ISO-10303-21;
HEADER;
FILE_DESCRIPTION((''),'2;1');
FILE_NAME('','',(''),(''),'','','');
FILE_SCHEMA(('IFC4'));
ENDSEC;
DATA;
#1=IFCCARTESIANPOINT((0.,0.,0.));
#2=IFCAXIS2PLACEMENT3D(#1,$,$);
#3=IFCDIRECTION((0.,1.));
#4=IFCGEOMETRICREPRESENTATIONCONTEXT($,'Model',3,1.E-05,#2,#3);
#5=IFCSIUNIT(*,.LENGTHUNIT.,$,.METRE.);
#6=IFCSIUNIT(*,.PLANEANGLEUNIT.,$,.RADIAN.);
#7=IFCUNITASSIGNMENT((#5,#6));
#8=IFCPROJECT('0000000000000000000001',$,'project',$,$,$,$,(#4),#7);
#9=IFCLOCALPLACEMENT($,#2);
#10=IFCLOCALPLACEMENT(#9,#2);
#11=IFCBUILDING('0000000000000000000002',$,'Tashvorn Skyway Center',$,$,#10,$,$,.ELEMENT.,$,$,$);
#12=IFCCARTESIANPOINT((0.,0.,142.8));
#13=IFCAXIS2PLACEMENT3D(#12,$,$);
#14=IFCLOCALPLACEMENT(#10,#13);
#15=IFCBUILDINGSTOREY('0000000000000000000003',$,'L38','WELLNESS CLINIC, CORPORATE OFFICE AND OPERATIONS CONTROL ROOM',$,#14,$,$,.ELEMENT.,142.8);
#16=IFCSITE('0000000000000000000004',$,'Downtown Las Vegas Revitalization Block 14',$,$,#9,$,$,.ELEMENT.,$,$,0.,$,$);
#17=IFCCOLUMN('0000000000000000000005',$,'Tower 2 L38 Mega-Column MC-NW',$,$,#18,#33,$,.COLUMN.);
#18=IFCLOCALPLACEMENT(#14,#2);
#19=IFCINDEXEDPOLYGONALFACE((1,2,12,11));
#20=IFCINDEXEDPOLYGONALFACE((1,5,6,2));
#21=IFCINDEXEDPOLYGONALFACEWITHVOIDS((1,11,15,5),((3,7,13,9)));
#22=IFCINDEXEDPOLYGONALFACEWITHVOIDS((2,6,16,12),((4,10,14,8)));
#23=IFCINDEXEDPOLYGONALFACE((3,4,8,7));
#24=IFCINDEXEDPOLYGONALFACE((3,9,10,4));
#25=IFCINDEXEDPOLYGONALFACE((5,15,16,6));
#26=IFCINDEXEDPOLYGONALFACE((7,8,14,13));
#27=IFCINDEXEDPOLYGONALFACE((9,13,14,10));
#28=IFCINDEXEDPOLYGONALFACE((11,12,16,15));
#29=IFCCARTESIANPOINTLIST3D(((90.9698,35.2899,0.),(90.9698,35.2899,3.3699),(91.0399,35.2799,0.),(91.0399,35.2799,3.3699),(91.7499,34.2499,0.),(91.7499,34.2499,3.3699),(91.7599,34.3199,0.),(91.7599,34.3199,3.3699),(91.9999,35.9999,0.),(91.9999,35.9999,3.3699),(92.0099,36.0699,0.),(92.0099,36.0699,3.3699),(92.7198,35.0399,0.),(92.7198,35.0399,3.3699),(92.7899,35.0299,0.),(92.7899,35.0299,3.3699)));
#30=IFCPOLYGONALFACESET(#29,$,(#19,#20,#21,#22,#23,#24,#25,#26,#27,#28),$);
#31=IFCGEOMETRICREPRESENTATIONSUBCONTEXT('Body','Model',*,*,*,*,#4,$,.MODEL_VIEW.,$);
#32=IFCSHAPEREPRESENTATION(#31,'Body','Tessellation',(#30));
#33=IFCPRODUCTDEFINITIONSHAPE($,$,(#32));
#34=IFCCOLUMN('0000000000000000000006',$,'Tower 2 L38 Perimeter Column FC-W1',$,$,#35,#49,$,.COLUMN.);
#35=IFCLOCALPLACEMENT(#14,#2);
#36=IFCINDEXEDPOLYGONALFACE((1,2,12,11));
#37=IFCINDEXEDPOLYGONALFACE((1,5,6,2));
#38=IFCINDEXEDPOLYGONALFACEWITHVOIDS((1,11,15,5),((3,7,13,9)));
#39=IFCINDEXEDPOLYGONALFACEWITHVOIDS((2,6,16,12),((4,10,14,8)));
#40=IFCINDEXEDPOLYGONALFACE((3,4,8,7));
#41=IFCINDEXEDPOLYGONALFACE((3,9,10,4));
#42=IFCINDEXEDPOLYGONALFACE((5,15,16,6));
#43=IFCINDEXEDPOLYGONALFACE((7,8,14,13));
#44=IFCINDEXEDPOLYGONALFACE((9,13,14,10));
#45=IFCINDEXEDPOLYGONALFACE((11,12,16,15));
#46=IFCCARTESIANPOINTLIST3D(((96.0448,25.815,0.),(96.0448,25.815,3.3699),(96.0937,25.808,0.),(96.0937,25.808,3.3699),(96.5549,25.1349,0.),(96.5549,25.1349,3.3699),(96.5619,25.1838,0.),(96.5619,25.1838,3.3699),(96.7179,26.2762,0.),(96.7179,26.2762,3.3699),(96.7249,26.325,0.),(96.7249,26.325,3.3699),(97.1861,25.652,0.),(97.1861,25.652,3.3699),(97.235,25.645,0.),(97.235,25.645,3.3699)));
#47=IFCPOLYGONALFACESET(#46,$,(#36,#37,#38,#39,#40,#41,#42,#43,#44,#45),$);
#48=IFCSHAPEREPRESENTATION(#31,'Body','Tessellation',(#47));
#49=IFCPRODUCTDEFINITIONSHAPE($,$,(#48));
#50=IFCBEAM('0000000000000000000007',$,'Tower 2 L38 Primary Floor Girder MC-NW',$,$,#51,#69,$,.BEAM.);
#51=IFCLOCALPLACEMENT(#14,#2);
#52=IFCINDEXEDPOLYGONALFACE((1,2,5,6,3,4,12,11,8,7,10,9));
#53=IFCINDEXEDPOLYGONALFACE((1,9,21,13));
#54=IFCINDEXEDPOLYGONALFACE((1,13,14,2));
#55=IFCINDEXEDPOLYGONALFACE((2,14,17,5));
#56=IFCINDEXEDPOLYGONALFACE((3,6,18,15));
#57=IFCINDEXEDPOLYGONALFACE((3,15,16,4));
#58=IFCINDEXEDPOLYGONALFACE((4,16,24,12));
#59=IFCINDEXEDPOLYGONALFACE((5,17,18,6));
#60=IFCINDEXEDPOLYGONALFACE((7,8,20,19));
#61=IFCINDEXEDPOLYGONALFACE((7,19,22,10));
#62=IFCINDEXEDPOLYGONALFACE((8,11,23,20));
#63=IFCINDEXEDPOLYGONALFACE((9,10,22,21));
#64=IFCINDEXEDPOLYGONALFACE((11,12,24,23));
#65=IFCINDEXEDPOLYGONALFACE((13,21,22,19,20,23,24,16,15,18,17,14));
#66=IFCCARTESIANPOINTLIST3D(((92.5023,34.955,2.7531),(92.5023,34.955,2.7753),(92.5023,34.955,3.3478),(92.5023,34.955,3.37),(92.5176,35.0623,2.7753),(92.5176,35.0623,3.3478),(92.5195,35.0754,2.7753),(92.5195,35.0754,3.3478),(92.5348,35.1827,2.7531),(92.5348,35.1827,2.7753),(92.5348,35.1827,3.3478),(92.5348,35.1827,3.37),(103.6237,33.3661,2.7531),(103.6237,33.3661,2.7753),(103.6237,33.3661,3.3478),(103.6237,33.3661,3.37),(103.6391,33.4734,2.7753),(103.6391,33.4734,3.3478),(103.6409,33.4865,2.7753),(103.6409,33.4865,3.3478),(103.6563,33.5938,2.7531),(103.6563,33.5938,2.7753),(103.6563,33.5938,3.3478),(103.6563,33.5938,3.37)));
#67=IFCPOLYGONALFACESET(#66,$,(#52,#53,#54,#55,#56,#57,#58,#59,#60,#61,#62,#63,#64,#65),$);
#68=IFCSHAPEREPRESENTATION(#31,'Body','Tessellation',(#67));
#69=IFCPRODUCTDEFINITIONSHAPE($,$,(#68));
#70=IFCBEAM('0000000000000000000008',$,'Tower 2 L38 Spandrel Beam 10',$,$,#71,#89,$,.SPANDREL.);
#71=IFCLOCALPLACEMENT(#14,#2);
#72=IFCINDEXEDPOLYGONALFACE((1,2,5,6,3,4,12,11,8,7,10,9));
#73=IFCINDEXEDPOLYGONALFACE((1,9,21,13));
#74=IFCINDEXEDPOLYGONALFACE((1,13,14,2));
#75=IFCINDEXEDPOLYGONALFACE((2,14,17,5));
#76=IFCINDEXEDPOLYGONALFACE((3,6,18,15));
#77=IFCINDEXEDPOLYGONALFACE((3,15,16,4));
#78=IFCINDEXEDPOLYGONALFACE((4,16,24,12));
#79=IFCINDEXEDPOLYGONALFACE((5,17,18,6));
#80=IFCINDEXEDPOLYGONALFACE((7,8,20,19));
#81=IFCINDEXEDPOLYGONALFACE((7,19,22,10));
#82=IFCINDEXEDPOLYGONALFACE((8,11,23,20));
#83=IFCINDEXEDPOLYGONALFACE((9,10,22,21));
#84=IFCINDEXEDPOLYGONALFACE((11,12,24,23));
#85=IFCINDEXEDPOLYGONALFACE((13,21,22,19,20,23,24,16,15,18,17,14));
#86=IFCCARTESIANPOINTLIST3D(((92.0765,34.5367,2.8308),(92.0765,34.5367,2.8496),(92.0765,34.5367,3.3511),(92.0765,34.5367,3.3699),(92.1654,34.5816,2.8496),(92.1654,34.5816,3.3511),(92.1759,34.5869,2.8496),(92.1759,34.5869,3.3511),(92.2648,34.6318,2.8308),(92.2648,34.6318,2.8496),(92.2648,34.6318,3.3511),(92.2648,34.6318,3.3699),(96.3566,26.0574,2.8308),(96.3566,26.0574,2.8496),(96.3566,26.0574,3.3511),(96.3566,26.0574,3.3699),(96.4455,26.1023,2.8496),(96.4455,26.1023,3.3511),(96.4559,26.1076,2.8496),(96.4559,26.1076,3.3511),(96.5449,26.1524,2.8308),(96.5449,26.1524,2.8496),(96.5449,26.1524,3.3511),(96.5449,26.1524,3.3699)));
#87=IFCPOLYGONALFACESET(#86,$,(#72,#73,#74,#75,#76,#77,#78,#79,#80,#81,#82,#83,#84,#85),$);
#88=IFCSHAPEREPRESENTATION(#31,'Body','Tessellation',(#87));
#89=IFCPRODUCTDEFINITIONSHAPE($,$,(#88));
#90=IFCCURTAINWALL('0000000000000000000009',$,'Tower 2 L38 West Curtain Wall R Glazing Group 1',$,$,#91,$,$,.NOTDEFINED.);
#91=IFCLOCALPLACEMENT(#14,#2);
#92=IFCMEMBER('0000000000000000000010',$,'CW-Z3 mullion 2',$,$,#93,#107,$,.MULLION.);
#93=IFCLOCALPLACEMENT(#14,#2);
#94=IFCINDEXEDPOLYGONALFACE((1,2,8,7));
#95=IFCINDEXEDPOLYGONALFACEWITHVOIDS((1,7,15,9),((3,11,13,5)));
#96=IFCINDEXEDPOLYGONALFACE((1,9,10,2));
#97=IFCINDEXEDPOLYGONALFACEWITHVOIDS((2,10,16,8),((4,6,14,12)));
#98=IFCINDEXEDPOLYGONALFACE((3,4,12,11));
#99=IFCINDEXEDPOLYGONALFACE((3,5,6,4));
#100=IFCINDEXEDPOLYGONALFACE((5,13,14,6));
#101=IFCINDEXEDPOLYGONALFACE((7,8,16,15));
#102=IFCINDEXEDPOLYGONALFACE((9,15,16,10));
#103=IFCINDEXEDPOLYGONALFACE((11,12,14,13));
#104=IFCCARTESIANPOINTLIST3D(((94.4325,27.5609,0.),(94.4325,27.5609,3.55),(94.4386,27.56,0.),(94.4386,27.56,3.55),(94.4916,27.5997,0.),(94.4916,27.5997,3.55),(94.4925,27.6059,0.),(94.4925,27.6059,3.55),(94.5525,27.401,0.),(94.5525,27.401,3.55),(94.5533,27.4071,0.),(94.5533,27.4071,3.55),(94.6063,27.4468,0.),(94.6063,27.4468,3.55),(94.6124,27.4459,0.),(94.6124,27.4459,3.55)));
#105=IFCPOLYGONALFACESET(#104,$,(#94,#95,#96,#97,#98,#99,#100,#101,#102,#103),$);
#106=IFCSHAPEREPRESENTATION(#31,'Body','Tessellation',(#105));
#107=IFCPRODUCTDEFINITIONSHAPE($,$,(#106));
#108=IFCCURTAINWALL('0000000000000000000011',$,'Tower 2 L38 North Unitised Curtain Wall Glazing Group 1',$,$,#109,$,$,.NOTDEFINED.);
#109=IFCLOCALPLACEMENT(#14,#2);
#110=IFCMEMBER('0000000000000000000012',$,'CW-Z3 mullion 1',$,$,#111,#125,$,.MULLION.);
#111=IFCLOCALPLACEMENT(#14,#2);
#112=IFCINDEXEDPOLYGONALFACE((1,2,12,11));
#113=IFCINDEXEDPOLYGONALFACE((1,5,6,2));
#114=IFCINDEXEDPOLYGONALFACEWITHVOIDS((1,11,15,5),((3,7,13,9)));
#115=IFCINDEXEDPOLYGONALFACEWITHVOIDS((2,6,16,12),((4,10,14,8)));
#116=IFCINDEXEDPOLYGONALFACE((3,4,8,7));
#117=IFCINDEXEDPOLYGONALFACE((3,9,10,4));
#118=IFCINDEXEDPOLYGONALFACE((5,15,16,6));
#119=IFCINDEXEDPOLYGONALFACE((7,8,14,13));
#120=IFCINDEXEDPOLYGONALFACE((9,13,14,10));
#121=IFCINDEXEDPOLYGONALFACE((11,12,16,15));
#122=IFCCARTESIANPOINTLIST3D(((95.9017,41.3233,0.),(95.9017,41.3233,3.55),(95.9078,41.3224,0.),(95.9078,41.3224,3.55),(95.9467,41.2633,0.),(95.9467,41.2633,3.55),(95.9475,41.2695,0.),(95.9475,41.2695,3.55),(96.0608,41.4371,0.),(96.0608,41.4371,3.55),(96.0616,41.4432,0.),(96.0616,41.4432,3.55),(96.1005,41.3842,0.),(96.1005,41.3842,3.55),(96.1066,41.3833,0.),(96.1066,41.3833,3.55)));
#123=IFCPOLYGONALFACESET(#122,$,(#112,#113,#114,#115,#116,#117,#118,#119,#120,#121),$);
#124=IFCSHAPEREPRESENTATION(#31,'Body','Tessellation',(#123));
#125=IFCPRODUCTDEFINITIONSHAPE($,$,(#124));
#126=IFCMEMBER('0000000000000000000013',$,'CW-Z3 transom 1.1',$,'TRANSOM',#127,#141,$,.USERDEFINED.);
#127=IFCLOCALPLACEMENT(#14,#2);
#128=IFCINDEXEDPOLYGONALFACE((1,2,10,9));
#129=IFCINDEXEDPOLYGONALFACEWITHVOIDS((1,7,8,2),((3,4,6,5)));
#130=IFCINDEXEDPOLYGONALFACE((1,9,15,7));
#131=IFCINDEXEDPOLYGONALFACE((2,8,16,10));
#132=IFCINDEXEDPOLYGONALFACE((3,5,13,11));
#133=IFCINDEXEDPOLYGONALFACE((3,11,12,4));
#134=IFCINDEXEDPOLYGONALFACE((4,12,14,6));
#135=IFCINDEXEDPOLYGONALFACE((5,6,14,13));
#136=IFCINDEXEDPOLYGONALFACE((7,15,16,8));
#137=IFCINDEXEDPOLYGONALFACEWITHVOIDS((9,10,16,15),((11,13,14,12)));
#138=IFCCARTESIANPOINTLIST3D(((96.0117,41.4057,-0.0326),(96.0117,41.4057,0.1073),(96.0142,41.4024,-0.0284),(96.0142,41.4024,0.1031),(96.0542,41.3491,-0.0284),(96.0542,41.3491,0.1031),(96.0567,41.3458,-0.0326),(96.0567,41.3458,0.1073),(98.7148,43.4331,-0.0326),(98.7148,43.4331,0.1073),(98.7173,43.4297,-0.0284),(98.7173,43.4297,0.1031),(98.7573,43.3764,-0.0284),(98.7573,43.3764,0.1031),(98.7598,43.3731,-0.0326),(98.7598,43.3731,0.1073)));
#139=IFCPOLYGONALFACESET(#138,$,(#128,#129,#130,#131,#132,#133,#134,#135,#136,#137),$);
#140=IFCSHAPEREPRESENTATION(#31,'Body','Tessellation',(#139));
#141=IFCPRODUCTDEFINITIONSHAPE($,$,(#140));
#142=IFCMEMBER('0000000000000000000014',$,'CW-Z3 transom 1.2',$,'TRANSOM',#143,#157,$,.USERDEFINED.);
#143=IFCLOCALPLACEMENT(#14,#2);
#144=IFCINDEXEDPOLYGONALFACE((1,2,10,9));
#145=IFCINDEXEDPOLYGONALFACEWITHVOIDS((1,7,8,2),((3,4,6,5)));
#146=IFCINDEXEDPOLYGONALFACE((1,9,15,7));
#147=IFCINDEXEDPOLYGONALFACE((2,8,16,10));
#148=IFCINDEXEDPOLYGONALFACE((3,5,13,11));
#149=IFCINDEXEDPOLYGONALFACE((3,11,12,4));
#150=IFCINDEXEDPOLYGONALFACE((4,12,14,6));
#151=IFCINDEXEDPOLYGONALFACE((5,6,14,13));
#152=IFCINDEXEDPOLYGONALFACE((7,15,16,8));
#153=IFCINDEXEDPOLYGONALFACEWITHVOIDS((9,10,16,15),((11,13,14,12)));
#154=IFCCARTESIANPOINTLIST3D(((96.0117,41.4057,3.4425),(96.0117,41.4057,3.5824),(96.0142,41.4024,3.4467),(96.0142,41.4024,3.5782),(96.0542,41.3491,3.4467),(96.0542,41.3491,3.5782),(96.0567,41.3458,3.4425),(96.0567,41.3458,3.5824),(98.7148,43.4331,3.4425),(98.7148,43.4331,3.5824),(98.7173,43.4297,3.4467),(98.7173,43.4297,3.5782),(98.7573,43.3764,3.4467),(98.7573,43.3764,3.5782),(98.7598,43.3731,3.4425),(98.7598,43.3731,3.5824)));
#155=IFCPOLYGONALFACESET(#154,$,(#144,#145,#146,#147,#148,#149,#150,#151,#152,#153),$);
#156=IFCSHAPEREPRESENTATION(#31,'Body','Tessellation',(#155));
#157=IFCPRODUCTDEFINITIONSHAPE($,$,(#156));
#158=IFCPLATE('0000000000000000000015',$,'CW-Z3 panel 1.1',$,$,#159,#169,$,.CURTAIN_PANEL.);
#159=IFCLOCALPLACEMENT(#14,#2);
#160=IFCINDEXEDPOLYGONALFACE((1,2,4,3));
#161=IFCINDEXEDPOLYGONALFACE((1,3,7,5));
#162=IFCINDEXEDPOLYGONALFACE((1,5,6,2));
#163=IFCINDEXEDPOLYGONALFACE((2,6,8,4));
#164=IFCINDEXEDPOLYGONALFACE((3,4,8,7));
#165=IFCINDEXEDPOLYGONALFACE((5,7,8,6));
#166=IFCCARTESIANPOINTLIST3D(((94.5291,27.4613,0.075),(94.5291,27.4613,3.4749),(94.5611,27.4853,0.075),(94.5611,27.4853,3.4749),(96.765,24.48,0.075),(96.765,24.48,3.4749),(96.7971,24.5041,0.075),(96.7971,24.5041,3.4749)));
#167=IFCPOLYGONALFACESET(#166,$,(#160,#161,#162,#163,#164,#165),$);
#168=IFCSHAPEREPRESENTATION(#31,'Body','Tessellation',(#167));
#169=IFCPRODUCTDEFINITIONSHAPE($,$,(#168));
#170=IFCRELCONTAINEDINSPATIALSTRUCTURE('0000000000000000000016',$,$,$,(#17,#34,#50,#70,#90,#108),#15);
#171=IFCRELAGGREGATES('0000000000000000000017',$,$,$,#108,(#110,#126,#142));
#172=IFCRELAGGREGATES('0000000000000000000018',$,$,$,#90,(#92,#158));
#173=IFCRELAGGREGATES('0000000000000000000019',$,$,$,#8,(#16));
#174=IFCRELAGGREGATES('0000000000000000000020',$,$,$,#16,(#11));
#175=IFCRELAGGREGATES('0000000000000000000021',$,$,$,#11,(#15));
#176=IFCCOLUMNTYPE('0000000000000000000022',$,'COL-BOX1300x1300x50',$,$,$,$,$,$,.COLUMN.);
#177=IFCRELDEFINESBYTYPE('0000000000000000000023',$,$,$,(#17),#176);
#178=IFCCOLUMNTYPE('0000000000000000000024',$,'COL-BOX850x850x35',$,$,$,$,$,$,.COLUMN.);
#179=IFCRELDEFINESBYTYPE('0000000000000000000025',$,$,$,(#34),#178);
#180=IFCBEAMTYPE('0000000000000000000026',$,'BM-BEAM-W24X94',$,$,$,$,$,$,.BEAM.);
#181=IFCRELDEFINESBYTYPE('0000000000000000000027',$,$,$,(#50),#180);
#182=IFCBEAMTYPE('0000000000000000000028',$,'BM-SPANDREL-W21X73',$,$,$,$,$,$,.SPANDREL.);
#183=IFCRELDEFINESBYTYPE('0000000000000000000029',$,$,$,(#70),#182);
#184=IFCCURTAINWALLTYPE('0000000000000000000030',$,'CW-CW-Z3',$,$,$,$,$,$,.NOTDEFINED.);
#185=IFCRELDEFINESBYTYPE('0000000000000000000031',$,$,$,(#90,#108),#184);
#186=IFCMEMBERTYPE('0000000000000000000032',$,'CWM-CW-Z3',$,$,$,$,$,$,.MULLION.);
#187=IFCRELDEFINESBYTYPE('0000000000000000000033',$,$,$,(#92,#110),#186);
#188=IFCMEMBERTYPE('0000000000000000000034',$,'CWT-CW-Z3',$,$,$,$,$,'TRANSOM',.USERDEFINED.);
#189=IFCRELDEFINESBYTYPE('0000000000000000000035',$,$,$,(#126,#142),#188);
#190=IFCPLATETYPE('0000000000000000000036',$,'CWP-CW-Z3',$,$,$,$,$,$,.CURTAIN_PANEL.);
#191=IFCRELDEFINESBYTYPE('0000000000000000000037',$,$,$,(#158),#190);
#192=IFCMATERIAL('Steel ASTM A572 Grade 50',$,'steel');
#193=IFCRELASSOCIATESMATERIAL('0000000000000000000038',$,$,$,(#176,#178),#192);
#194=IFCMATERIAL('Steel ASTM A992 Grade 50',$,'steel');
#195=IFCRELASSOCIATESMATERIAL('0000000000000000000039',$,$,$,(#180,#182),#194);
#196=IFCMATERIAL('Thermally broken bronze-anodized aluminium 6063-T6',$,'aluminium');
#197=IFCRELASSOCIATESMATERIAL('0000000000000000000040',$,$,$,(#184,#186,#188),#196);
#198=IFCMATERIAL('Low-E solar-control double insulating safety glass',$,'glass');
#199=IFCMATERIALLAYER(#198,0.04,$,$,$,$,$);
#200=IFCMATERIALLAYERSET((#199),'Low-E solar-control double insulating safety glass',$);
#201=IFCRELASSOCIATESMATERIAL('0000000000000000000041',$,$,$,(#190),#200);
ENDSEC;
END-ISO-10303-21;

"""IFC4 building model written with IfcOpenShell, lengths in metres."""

from ifc_helpers import new_model, si_unit, direction, frame, origin, origin_2d, place, context, subcontext, project, spatial, rectangle, hollow_rectangle, i_section, extrude, material, layer, layer_set, material_profile, profile_set, type_object, element, aggregate, save


model = new_model("IFC4")

# Units and contexts
model_context = context("Model", 3, precision=1e-05, world=origin(), true_north=direction((0.0, 1.0)))
body_context = subcontext(model_context, "Body", "Model", "MODEL_VIEW")
ifc_project = project(units=[si_unit("LENGTHUNIT", "METRE"), si_unit("PLANEANGLEUNIT", "RADIAN")], contexts=[model_context])

# Site, building, storey
site_placement = place(None, origin())
site = spatial("IfcSite", under=ifc_project, at=site_placement, Name="Downtown Las Vegas Revitalization Block 14", CompositionType="ELEMENT", RefElevation=0.0)
building_placement = place(site_placement, origin())
building = spatial("IfcBuilding", under=site, at=building_placement, Name="Tashvorn Skyway Center", CompositionType="ELEMENT")
storey_placement = place(building_placement, frame((0.0, 0.0, 142.8)))
storey = spatial("IfcBuildingStorey", under=building, at=storey_placement, Name="L38", Description="WELLNESS CLINIC, CORPORATE OFFICE AND OPERATIONS CONTROL ROOM", CompositionType="ELEMENT", Elevation=142.8)

# Columns
ifc_material_1 = material(Name="Steel ASTM A572 Grade 50", Category="steel")
ifc_material_profile_1 = material_profile(ifc_material_1, hollow_rectangle(XDim=1.3, YDim=1.3, WallThickness=0.05, at=origin_2d()), Name="BOX1300x1300x50")
ifc_profile_set_1 = profile_set([ifc_material_profile_1], Name="Steel ASTM A572 Grade 50")
column_type_1 = type_object("IfcColumnType", Name="COL-BOX1300x1300x50", PredefinedType="COLUMN", material=ifc_profile_set_1)
column_1_placement = place(storey_placement, frame((91.8799, 35.1599, 0.0), z_axis=(0.0, 0.0, 1.0), x_axis=(0.8, 0.6, 0.0)))
element("IfcColumn", 1, at=column_1_placement, inside=storey, type_object=column_type_1, Name="Tower 2 L38 Mega-Column MC-NW", PredefinedType="COLUMN", context=body_context, shape_type="SweptSolid", body=[
    extrude(hollow_rectangle(XDim=1.3, YDim=1.3, WallThickness=0.05, at=origin_2d()), origin(), (0.0, 0.0, 1.0), 3.3699),
])
ifc_material_profile_2 = material_profile(ifc_material_1, hollow_rectangle(XDim=0.8501, YDim=0.8501, WallThickness=0.0349, at=origin_2d()), Name="BOX850x850x35")
ifc_profile_set_2 = profile_set([ifc_material_profile_2], Name="Steel ASTM A572 Grade 50")
column_type_2 = type_object("IfcColumnType", Name="COL-BOX850x850x35", PredefinedType="COLUMN", material=ifc_profile_set_2)
column_2_placement = place(storey_placement, frame((96.6399, 25.73, 0.0), z_axis=(0.0, 0.0, 1.0), x_axis=(0.8, 0.6, 0.0)))
element("IfcColumn", 2, at=column_2_placement, inside=storey, type_object=column_type_2, Name="Tower 2 L38 Perimeter Column FC-W1", PredefinedType="COLUMN", context=body_context, shape_type="SweptSolid", body=[
    extrude(hollow_rectangle(XDim=0.8501, YDim=0.8501, WallThickness=0.0349, at=origin_2d()), origin(), (0.0, 0.0, 1.0), 3.3699),
])

# Beams
ifc_material_2 = material(Name="Steel ASTM A992 Grade 50", Category="steel")
ifc_material_profile_3 = material_profile(ifc_material_2, i_section(OverallWidth=0.23, OverallDepth=0.6169, WebThickness=0.0132, FlangeThickness=0.0222, at=origin_2d()), Name="W24X94")
ifc_profile_set_3 = profile_set([ifc_material_profile_3], Name="Steel ASTM A992 Grade 50")
beam_type_1 = type_object("IfcBeamType", Name="BM-BEAM-W24X94", PredefinedType="BEAM", material=ifc_profile_set_3)
beam_1_placement = place(storey_placement, frame((92.5186, 35.0688, 3.0615), z_axis=(0.989948, -0.14143, 0.0), x_axis=(0.14143, 0.989948, 0.0)))
element("IfcBeam", 3, at=beam_1_placement, inside=storey, type_object=beam_type_1, Name="Tower 2 L38 Primary Floor Girder MC-NW", PredefinedType="BEAM", context=body_context, shape_type="SweptSolid", body=[
    extrude(i_section(OverallWidth=0.23, OverallDepth=0.6169, WebThickness=0.0132, FlangeThickness=0.0222, at=origin_2d()), origin(), (0.0, 0.0, 1.0), 11.2344),
])
ifc_material_profile_4 = material_profile(ifc_material_2, i_section(OverallWidth=0.2109, OverallDepth=0.5391, WebThickness=0.0117, FlangeThickness=0.0188, at=origin_2d()), Name="W21X73")
ifc_profile_set_4 = profile_set([ifc_material_profile_4], Name="Steel ASTM A992 Grade 50")
beam_type_2 = type_object("IfcBeamType", Name="BM-SPANDREL-W21X73", PredefinedType="SPANDREL", material=ifc_profile_set_4)
beam_2_placement = place(storey_placement, frame((92.1707, 34.5842, 3.1003), z_axis=(0.450614, -0.892719, 0.0), x_axis=(0.892719, 0.450614, 0.0)))
element("IfcBeam", 4, at=beam_2_placement, inside=storey, type_object=beam_type_2, Name="Tower 2 L38 Spandrel Beam 10", PredefinedType="SPANDREL", context=body_context, shape_type="SweptSolid", body=[
    extrude(i_section(OverallWidth=0.2109, OverallDepth=0.5391, WebThickness=0.0117, FlangeThickness=0.0188, at=origin_2d()), origin(), (0.0, 0.0, 1.0), 9.4983),
])

# Curtain wall, member
ifc_material_3 = material(Name="Thermally broken bronze-anodized aluminium 6063-T6", Category="aluminium")
curtain_wall_type = type_object("IfcCurtainWallType", Name="CW-CW-Z3", PredefinedType="NOTDEFINED", material=ifc_material_3)
curtain_wall_1_placement = place(storey_placement, origin())
curtain_wall_1 = element("IfcCurtainWall", 5, at=curtain_wall_1_placement, inside=storey, type_object=curtain_wall_type, Name="Tower 2 L38 West Curtain Wall R Glazing Group 1", PredefinedType="NOTDEFINED")
ifc_material_profile_5 = material_profile(ifc_material_3, hollow_rectangle(XDim=0.075, YDim=0.2, WallThickness=0.0044, at=origin_2d()), Name="ALU-MULL-75x200")
ifc_profile_set_5 = profile_set([ifc_material_profile_5], Name="Thermally broken bronze-anodized aluminium 6063-T6")
member_type_1 = type_object("IfcMemberType", Name="CWM-CW-Z3", PredefinedType="MULLION", material=ifc_profile_set_5)
member_1_placement = place(storey_placement, frame((94.5225, 27.5034, 0.0), z_axis=(0.0, 0.0, 1.0), x_axis=(-0.799997, -0.600004, 0.0)))
member_1 = element("IfcMember", 6, at=member_1_placement, type_object=member_type_1, Name="CW-Z3 mullion 2", PredefinedType="MULLION", context=body_context, shape_type="SweptSolid", body=[
    extrude(hollow_rectangle(XDim=0.075, YDim=0.2, WallThickness=0.0044, at=origin_2d()), origin(), (0.0, 0.0, 1.0), 3.55),
])

# Curtain wall, members
curtain_wall_2_placement = place(storey_placement, origin())
curtain_wall_2 = element("IfcCurtainWall", 7, at=curtain_wall_2_placement, inside=storey, type_object=curtain_wall_type, Name="Tower 2 L38 North Unitised Curtain Wall Glazing Group 1", PredefinedType="NOTDEFINED")
member_2_placement = place(storey_placement, frame((96.0042, 41.3533, 0.0), z_axis=(0.0, 0.0, 1.0), x_axis=(-0.599995, 0.800003, 0.0)))
member_2 = element("IfcMember", 8, at=member_2_placement, type_object=member_type_1, Name="CW-Z3 mullion 1", PredefinedType="MULLION", context=body_context, shape_type="SweptSolid", body=[
    extrude(hollow_rectangle(XDim=0.075, YDim=0.2, WallThickness=0.0044, at=origin_2d()), origin(), (0.0, 0.0, 1.0), 3.55),
])
ifc_material_profile_6 = material_profile(ifc_material_3, hollow_rectangle(XDim=0.075, YDim=0.1399, WallThickness=0.0042, at=origin_2d()), Name="ALU-TRAN-75x140")
ifc_profile_set_6 = profile_set([ifc_material_profile_6], Name="Thermally broken bronze-anodized aluminium 6063-T6")
member_type_2 = type_object("IfcMemberType", Name="CWT-CW-Z3", ElementType="TRANSOM", PredefinedType="USERDEFINED", material=ifc_profile_set_6)
member_3_placement = place(storey_placement, frame((96.0342, 41.3757, 0.0374), z_axis=(0.8, 0.6, 0.0), x_axis=(-0.6, 0.8, 0.0)))
member_3 = element("IfcMember", 9, at=member_3_placement, type_object=member_type_2, Name="CW-Z3 transom 1.1", ObjectType="TRANSOM", PredefinedType="USERDEFINED", context=body_context, shape_type="SweptSolid", body=[
    extrude(hollow_rectangle(XDim=0.075, YDim=0.1399, WallThickness=0.0042, at=origin_2d()), origin(), (0.0, 0.0, 1.0), 3.3789),
])
member_4_placement = place(storey_placement, frame((96.0342, 41.3757, 3.5125), z_axis=(0.8, 0.6, 0.0), x_axis=(-0.6, 0.8, 0.0)))
member_4 = element("IfcMember", 10, at=member_4_placement, type_object=member_type_2, Name="CW-Z3 transom 1.2", ObjectType="TRANSOM", PredefinedType="USERDEFINED", context=body_context, shape_type="SweptSolid", body=[
    extrude(hollow_rectangle(XDim=0.075, YDim=0.1399, WallThickness=0.0042, at=origin_2d()), origin(), (0.0, 0.0, 1.0), 3.3789),
])
aggregate(curtain_wall_2, [member_2, member_3, member_4])

# Plate
ifc_material_4 = material(Name="Low-E solar-control double insulating safety glass", Category="glass")
ifc_layer_1 = layer(ifc_material_4, 0.04)
ifc_layer_set_1 = layer_set([ifc_layer_1], Name="Low-E solar-control double insulating safety glass")
plate_type = type_object("IfcPlateType", Name="CWP-CW-Z3", PredefinedType="CURTAIN_PANEL", material=ifc_layer_set_1)
plate_placement = place(storey_placement, frame((95.6631, 25.9827, 0.075), z_axis=(0.0, 0.0, 1.0), x_axis=(-0.600004, 0.799997, 0.0)))
plate = element("IfcPlate", 11, at=plate_placement, type_object=plate_type, Name="CW-Z3 panel 1.1", PredefinedType="CURTAIN_PANEL", context=body_context, shape_type="SweptSolid", body=[
    extrude(rectangle(XDim=3.7266, YDim=0.04, at=origin_2d()), origin(), (0.0, 0.0, 1.0), 3.3999),
])
aggregate(curtain_wall_1, [member_1, plate])

save(model, "model.ifc")
